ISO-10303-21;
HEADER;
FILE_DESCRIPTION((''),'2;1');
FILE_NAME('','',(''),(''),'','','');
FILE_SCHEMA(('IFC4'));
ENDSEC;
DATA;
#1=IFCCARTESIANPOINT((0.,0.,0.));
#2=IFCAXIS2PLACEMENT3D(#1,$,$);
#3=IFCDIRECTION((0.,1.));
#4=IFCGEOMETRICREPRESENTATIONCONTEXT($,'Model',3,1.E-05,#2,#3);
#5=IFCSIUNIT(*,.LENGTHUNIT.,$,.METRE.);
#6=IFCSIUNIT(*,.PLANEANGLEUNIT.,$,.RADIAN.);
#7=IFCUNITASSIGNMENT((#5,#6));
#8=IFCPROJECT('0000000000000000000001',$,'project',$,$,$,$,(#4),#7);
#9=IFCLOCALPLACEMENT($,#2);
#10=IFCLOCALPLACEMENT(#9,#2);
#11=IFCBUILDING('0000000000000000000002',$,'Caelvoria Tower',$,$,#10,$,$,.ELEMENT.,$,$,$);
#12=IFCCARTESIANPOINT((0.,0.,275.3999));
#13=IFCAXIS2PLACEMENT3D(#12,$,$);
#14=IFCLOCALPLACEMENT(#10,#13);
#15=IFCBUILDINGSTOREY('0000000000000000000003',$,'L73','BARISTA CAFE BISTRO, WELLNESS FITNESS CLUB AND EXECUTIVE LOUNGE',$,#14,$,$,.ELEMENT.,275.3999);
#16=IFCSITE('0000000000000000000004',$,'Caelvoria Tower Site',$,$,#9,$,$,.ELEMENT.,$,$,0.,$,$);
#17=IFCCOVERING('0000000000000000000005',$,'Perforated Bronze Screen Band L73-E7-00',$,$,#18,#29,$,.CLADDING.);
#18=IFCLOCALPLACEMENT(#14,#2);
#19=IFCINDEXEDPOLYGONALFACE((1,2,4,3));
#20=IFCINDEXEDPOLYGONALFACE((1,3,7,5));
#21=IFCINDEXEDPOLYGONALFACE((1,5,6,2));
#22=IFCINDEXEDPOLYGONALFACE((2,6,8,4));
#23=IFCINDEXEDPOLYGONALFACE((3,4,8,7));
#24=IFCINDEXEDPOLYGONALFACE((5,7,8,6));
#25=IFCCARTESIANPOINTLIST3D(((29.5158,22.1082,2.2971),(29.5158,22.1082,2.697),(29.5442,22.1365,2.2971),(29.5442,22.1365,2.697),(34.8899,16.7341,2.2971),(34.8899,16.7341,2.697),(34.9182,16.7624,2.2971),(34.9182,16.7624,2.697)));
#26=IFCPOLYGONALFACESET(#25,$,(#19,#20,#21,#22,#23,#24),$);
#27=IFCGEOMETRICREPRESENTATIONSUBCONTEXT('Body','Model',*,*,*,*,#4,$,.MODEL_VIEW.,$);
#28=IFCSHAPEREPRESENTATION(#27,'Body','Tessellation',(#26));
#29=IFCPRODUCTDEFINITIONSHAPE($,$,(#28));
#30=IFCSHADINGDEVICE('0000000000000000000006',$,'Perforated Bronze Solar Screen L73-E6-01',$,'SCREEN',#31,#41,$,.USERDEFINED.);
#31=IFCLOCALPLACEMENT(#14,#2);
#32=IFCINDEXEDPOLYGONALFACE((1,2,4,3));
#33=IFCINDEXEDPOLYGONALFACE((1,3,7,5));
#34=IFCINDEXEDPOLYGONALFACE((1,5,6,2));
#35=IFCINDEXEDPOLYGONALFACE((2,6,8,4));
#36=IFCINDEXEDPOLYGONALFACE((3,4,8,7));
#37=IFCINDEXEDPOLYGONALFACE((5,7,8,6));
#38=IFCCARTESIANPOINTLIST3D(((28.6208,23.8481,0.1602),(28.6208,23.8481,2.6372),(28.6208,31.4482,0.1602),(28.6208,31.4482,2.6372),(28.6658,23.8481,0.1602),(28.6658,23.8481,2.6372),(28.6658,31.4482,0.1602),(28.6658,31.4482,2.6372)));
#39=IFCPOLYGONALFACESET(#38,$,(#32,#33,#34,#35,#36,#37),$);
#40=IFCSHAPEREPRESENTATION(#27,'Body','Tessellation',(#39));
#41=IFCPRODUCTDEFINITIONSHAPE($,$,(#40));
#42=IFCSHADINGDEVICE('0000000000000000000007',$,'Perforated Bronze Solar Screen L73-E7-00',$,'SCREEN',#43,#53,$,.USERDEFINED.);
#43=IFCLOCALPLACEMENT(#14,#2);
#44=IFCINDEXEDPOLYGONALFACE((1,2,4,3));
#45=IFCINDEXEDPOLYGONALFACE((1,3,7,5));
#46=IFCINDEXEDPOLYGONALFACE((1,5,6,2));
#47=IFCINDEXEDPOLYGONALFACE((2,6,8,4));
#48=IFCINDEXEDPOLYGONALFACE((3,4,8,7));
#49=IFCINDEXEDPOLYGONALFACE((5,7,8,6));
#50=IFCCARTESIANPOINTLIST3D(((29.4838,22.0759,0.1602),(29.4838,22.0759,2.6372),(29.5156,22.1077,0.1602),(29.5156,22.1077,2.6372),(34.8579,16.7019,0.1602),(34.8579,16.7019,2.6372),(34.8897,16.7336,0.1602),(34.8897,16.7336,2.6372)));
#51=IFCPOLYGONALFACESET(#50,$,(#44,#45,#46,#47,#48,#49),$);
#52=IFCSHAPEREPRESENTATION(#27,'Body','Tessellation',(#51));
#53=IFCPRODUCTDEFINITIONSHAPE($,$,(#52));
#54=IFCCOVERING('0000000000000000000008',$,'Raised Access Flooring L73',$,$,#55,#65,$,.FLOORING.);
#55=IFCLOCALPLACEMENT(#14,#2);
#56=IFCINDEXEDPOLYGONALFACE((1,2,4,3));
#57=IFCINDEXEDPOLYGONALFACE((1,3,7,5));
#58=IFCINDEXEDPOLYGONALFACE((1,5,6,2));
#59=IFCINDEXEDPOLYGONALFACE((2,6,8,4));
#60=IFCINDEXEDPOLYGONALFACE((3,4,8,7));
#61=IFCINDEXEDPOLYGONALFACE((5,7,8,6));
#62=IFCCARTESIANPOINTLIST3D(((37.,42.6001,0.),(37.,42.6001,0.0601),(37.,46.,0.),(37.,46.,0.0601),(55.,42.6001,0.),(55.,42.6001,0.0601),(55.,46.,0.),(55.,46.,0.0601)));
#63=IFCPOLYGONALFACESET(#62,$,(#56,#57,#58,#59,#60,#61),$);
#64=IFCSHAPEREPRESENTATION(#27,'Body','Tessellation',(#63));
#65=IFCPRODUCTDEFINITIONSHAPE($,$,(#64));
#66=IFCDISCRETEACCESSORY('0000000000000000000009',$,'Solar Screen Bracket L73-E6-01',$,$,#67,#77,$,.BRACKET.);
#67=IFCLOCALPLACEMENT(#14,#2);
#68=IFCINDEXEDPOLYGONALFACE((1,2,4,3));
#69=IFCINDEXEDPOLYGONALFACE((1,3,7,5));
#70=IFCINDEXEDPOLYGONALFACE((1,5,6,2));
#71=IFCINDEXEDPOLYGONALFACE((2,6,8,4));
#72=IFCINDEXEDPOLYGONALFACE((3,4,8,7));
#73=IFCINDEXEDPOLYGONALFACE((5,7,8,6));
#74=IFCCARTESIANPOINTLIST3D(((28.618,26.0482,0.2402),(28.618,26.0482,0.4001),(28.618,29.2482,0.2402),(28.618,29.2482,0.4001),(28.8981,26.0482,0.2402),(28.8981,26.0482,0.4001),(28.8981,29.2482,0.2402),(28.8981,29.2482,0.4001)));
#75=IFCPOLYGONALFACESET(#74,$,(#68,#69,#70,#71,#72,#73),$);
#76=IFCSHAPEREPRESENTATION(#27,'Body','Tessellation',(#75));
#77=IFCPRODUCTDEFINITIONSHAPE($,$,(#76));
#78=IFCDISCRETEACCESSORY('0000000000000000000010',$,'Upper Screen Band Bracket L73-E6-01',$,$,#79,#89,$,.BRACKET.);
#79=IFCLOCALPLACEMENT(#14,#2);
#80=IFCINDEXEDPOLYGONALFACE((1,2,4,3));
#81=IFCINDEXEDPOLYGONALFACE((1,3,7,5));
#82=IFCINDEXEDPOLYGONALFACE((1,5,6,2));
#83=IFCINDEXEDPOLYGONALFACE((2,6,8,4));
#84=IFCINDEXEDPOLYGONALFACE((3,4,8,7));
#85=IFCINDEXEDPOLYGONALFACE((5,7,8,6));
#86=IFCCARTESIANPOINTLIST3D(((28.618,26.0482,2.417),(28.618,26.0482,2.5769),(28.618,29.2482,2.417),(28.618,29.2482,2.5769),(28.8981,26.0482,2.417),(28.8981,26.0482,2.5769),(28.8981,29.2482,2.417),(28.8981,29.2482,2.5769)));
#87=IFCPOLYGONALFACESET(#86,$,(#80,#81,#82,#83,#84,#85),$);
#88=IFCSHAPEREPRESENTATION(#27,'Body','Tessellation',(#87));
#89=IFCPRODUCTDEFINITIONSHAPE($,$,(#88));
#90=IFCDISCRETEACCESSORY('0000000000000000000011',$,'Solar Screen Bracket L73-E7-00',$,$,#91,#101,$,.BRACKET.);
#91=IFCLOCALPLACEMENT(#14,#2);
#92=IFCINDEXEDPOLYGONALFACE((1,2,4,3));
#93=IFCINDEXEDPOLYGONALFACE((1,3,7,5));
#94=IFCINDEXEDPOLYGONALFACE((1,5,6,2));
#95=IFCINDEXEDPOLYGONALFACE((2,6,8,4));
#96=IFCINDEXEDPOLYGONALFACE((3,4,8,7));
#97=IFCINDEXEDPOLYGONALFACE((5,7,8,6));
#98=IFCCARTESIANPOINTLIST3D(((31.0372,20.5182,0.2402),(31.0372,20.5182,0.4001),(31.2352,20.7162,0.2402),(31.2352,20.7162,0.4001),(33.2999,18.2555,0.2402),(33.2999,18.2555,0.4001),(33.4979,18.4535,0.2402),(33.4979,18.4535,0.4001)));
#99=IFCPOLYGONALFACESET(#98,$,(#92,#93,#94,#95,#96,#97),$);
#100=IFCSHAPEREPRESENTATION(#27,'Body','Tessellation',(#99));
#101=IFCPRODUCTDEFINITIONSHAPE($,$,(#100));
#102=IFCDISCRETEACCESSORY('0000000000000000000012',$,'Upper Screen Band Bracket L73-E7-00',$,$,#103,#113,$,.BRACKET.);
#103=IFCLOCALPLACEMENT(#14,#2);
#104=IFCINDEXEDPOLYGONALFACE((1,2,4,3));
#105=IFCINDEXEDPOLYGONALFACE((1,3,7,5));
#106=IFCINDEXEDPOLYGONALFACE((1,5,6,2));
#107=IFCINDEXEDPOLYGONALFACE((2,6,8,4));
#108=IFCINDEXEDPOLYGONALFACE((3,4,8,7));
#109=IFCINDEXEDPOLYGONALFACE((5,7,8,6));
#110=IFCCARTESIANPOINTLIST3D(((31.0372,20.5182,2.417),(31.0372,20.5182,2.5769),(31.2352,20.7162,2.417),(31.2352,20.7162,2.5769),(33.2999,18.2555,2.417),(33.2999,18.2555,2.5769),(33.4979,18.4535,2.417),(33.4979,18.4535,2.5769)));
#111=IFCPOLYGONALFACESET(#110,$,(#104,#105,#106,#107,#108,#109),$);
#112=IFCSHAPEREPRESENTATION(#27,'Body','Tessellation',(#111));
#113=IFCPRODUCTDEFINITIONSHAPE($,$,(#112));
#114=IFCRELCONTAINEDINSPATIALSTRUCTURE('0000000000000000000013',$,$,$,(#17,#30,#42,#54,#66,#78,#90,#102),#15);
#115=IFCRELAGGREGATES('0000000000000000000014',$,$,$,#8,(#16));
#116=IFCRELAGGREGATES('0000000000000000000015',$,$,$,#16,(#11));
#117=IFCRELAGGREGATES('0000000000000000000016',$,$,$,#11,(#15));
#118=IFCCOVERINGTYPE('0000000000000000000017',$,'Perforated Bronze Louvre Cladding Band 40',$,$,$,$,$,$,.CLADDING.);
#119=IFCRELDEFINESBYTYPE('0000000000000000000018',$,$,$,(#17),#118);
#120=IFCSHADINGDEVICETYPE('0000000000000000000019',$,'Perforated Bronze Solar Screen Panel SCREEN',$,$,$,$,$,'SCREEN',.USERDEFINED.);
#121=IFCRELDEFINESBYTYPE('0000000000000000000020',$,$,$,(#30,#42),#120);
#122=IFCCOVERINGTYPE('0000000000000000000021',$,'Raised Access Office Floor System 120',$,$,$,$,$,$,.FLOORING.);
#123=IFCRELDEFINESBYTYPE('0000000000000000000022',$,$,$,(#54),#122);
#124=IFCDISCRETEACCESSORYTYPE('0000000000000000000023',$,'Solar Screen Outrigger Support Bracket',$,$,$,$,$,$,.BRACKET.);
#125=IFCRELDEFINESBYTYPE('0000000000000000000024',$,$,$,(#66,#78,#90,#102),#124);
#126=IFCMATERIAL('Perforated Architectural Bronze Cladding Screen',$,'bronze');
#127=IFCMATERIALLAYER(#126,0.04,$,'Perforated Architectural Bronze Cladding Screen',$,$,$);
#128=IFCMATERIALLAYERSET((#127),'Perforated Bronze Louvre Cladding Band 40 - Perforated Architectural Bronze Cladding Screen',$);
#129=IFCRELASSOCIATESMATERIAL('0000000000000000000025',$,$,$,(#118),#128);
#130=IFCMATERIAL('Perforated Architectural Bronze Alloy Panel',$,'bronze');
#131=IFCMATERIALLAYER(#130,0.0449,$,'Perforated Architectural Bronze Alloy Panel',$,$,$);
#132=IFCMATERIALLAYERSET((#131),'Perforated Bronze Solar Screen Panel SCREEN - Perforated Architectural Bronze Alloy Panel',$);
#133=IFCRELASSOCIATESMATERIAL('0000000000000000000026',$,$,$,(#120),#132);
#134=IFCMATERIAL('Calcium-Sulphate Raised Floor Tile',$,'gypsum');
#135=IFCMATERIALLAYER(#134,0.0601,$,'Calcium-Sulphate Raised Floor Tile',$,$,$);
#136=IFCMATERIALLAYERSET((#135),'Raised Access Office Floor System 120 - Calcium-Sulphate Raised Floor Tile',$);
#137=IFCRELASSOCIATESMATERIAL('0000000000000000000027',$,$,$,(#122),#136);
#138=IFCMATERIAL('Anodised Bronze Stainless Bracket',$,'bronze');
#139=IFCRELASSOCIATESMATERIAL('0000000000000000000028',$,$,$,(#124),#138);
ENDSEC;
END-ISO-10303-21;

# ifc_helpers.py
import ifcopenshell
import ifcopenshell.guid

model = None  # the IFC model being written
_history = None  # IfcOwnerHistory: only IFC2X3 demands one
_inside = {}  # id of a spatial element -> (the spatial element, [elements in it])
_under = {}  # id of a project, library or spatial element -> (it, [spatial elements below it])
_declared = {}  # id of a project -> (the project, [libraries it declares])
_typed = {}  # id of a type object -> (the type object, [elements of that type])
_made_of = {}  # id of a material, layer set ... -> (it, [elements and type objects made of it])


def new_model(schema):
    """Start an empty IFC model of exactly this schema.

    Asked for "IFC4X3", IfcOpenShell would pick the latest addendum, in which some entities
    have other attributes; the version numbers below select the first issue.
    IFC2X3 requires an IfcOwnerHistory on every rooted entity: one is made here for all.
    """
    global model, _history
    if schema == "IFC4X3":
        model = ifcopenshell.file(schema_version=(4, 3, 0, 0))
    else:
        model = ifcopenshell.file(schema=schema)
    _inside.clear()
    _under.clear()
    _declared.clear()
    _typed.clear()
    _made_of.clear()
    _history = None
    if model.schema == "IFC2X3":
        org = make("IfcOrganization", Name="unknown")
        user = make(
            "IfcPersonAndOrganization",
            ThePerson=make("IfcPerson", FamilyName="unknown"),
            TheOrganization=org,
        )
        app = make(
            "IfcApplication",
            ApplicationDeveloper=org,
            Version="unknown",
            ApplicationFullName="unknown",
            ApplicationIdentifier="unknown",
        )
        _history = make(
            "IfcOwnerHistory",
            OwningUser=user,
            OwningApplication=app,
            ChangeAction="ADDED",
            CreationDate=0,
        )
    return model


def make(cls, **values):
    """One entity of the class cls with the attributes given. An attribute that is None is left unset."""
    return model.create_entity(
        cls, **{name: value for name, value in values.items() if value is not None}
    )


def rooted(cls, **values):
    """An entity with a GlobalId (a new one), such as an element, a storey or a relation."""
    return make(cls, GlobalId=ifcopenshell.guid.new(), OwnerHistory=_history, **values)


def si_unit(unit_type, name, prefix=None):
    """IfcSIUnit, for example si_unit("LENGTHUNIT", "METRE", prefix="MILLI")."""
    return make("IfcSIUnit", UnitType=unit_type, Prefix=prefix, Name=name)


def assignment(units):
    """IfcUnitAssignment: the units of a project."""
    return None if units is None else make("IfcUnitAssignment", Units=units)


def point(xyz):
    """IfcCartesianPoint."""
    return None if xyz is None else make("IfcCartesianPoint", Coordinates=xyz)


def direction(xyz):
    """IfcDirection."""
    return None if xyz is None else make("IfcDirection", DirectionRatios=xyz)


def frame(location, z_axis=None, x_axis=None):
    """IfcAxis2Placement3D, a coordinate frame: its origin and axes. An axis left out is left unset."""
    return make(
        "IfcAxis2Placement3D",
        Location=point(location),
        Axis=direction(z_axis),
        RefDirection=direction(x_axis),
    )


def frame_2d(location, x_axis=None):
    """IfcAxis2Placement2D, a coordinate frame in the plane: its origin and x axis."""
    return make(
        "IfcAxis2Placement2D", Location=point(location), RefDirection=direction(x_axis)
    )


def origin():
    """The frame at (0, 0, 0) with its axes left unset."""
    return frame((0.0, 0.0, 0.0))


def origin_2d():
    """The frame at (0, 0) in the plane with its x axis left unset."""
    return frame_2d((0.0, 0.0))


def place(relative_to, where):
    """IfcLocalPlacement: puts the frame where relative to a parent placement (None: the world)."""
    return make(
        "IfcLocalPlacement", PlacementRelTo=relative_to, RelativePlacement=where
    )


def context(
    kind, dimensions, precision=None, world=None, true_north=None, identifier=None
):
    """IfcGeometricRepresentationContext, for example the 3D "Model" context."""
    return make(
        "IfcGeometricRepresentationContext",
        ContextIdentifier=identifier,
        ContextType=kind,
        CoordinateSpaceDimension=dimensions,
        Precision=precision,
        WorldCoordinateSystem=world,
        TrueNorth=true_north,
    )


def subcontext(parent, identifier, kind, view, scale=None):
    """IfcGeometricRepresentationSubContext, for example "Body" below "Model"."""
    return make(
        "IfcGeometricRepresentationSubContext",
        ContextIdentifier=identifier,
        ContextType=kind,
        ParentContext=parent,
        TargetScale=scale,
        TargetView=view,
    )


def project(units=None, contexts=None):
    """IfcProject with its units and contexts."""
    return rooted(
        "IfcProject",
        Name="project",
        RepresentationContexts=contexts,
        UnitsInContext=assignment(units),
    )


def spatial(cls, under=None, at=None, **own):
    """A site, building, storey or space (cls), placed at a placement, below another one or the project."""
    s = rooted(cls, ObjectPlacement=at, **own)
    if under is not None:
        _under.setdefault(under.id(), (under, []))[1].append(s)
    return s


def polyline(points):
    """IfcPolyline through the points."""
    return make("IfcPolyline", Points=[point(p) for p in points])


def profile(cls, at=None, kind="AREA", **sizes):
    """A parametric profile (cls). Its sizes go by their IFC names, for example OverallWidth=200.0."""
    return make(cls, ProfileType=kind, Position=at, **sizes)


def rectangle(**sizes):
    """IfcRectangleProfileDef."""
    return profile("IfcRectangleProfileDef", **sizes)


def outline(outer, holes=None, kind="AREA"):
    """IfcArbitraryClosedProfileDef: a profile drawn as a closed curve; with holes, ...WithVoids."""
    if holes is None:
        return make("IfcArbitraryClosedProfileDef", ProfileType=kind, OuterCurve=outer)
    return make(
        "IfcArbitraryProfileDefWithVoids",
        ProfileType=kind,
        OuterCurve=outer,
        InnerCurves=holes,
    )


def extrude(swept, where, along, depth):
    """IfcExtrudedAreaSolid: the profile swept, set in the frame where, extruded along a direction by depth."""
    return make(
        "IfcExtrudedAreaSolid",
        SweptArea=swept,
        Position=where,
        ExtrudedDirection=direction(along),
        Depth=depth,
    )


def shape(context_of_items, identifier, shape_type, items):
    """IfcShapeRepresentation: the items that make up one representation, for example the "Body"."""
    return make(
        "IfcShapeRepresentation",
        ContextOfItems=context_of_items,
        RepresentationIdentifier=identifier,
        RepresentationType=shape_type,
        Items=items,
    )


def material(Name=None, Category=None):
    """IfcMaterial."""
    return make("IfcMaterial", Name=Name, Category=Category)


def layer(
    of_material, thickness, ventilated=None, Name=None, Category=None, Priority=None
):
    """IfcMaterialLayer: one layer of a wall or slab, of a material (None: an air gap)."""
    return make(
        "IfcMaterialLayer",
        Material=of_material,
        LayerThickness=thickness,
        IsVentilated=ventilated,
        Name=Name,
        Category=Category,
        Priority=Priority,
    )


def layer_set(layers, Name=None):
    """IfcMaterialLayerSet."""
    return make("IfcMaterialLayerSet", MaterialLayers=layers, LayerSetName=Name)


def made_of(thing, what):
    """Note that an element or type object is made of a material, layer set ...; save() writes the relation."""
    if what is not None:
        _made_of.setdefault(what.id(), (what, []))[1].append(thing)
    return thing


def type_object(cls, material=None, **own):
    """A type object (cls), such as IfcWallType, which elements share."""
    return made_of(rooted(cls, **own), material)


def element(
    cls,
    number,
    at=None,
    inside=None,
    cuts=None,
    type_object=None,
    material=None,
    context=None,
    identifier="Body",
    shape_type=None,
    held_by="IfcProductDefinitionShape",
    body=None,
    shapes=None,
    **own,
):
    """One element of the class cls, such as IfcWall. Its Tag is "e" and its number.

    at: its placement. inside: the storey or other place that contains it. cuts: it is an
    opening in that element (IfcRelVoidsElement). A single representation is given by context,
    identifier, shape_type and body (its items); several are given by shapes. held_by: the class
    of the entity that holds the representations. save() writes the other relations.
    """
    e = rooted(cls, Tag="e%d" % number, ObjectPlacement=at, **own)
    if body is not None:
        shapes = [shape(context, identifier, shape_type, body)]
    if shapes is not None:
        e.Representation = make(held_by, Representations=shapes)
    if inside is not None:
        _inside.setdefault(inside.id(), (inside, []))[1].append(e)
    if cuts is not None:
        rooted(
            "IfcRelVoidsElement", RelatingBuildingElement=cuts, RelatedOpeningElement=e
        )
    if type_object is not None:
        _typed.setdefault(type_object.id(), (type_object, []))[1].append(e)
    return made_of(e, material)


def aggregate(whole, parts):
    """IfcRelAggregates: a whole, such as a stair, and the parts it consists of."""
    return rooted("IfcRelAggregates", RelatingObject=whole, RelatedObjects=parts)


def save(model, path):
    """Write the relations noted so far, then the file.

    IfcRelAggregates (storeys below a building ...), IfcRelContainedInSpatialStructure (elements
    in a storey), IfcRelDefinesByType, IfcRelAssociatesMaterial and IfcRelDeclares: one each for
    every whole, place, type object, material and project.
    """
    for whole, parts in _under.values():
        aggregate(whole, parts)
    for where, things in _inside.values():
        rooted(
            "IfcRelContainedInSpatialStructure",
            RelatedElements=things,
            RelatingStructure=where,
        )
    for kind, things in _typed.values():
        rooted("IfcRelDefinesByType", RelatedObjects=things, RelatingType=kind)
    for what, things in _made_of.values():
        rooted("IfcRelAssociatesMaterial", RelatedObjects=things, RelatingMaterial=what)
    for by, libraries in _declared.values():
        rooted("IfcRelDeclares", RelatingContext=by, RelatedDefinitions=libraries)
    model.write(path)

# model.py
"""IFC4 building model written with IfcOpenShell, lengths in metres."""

from ifc_helpers import new_model, si_unit, direction, frame, origin, origin_2d, place, context, subcontext, project, spatial, polyline, rectangle, outline, extrude, material, layer, layer_set, type_object, element, save


model = new_model("IFC4")

# Units and contexts
model_context = context("Model", 3, precision=1e-05, world=origin(), true_north=direction((0.0, 1.0)))
body_context = subcontext(model_context, "Body", "Model", "MODEL_VIEW")
ifc_project = project(units=[si_unit("LENGTHUNIT", "METRE"), si_unit("PLANEANGLEUNIT", "RADIAN")], contexts=[model_context])

# Site, building, storey
site_placement = place(None, origin())
site = spatial("IfcSite", under=ifc_project, at=site_placement, Name="Caelvoria Tower Site", CompositionType="ELEMENT", RefElevation=0.0)
building_placement = place(site_placement, origin())
building = spatial("IfcBuilding", under=site, at=building_placement, Name="Caelvoria Tower", CompositionType="ELEMENT")
storey_placement = place(building_placement, frame((0.0, 0.0, 275.3999)))
storey = spatial("IfcBuildingStorey", under=building, at=storey_placement, Name="L73", Description="BARISTA CAFE BISTRO, WELLNESS FITNESS CLUB AND EXECUTIVE LOUNGE", CompositionType="ELEMENT", Elevation=275.3999)

# Covering
ifc_material_1 = material(Name="Perforated Architectural Bronze Cladding Screen", Category="bronze")
ifc_layer_1 = layer(ifc_material_1, 0.04, Name="Perforated Architectural Bronze Cladding Screen")
ifc_layer_set_1 = layer_set([ifc_layer_1], Name="Perforated Bronze Louvre Cladding Band 40 - Perforated Architectural Bronze Cladding Screen")
covering_type_1 = type_object("IfcCoveringType", Name="Perforated Bronze Louvre Cladding Band 40", PredefinedType="CLADDING", material=ifc_layer_set_1)
for number, where, z_axis, x_axis, name in (
    (1, (32.217, 19.4353, 2.2971), (0.0, 0.0, 1.0), (0.707107, -0.707107, 0.0), "Perforated Bronze Screen Band L73-E7-00"),
):
    element("IfcCovering", number, at=place(storey_placement, frame(where, z_axis=z_axis, x_axis=x_axis)), inside=storey, type_object=covering_type_1, Name=name, PredefinedType="CLADDING", context=body_context, shape_type="SweptSolid", body=[
        extrude(rectangle(XDim=7.6001, YDim=0.04, at=origin_2d()), origin(), (0.0, 0.0, 1.0), 0.3999),
    ])

# Shading devices
ifc_material_2 = material(Name="Perforated Architectural Bronze Alloy Panel", Category="bronze")
ifc_layer_2 = layer(ifc_material_2, 0.0449, Name="Perforated Architectural Bronze Alloy Panel")
ifc_layer_set_2 = layer_set([ifc_layer_2], Name="Perforated Bronze Solar Screen Panel SCREEN - Perforated Architectural Bronze Alloy Panel")
shading_device_type = type_object("IfcShadingDeviceType", Name="Perforated Bronze Solar Screen Panel SCREEN", ElementType="SCREEN", PredefinedType="USERDEFINED", material=ifc_layer_set_2)
for number, where, z_axis, x_axis, name in (
    (2, (28.6433, 27.6482, 0.1602), (0.0, 0.0, 1.0), (0.0, -1.0, 0.0), "Perforated Bronze Solar Screen L73-E6-01"),
    (3, (32.1868, 19.4048, 0.1602), (0.0, 0.0, 1.0), (0.707107, -0.707107, 0.0), "Perforated Bronze Solar Screen L73-E7-00"),
):
    element("IfcShadingDevice", number, at=place(storey_placement, frame(where, z_axis=z_axis, x_axis=x_axis)), inside=storey, type_object=shading_device_type, Name=name, ObjectType="SCREEN", PredefinedType="USERDEFINED", context=body_context, shape_type="SweptSolid", body=[
        extrude(rectangle(XDim=7.6001, YDim=0.0449, at=origin_2d()), origin(), (0.0, 0.0, 1.0), 2.4771),
    ])

# Covering
ifc_material_3 = material(Name="Calcium-Sulphate Raised Floor Tile", Category="gypsum")
ifc_layer_3 = layer(ifc_material_3, 0.0601, Name="Calcium-Sulphate Raised Floor Tile")
ifc_layer_set_3 = layer_set([ifc_layer_3], Name="Raised Access Office Floor System 120 - Calcium-Sulphate Raised Floor Tile")
covering_type_2 = type_object("IfcCoveringType", Name="Raised Access Office Floor System 120", PredefinedType="FLOORING", material=ifc_layer_set_3)
covering_1_placement = place(storey_placement, origin())
element("IfcCovering", 4, at=covering_1_placement, inside=storey, type_object=covering_type_2, Name="Raised Access Flooring L73", PredefinedType="FLOORING", context=body_context, shape_type="SweptSolid", body=[
    extrude(outline(polyline([(37.0, 42.6001), (55.0, 42.6001), (55.0, 46.0), (37.0, 46.0), (37.0, 42.6001)])), origin(), (0.0, 0.0, 1.0), 0.0601),
])

# Discrete accessories
ifc_material_4 = material(Name="Anodised Bronze Stainless Bracket", Category="bronze")
discrete_accessory_type = type_object("IfcDiscreteAccessoryType", Name="Solar Screen Outrigger Support Bracket", PredefinedType="BRACKET", material=ifc_material_4)
for number, where, z_axis, x_axis, name in (
    (5, (28.7581, 27.6482, 0.2402), (0.0, 0.0, 1.0), (0.0, -1.0, 0.0), "Solar Screen Bracket L73-E6-01"),
    (6, (28.7581, 27.6482, 2.417), (0.0, 0.0, 1.0), (0.0, -1.0, 0.0), "Upper Screen Band Bracket L73-E6-01"),
    (7, (32.2676, 19.4858, 0.2402), (0.0, 0.0, 1.0), (0.707107, -0.707107, 0.0), "Solar Screen Bracket L73-E7-00"),
    (8, (32.2676, 19.4858, 2.417), (0.0, 0.0, 1.0), (0.707107, -0.707107, 0.0), "Upper Screen Band Bracket L73-E7-00"),
):
    element("IfcDiscreteAccessory", number, at=place(storey_placement, frame(where, z_axis=z_axis, x_axis=x_axis)), inside=storey, type_object=discrete_accessory_type, Name=name, PredefinedType="BRACKET", context=body_context, shape_type="SweptSolid", body=[
        extrude(rectangle(XDim=3.2, YDim=0.28, at=origin_2d()), origin(), (0.0, 0.0, 1.0), 0.1599),
    ])

save(model, "model.ifc")
